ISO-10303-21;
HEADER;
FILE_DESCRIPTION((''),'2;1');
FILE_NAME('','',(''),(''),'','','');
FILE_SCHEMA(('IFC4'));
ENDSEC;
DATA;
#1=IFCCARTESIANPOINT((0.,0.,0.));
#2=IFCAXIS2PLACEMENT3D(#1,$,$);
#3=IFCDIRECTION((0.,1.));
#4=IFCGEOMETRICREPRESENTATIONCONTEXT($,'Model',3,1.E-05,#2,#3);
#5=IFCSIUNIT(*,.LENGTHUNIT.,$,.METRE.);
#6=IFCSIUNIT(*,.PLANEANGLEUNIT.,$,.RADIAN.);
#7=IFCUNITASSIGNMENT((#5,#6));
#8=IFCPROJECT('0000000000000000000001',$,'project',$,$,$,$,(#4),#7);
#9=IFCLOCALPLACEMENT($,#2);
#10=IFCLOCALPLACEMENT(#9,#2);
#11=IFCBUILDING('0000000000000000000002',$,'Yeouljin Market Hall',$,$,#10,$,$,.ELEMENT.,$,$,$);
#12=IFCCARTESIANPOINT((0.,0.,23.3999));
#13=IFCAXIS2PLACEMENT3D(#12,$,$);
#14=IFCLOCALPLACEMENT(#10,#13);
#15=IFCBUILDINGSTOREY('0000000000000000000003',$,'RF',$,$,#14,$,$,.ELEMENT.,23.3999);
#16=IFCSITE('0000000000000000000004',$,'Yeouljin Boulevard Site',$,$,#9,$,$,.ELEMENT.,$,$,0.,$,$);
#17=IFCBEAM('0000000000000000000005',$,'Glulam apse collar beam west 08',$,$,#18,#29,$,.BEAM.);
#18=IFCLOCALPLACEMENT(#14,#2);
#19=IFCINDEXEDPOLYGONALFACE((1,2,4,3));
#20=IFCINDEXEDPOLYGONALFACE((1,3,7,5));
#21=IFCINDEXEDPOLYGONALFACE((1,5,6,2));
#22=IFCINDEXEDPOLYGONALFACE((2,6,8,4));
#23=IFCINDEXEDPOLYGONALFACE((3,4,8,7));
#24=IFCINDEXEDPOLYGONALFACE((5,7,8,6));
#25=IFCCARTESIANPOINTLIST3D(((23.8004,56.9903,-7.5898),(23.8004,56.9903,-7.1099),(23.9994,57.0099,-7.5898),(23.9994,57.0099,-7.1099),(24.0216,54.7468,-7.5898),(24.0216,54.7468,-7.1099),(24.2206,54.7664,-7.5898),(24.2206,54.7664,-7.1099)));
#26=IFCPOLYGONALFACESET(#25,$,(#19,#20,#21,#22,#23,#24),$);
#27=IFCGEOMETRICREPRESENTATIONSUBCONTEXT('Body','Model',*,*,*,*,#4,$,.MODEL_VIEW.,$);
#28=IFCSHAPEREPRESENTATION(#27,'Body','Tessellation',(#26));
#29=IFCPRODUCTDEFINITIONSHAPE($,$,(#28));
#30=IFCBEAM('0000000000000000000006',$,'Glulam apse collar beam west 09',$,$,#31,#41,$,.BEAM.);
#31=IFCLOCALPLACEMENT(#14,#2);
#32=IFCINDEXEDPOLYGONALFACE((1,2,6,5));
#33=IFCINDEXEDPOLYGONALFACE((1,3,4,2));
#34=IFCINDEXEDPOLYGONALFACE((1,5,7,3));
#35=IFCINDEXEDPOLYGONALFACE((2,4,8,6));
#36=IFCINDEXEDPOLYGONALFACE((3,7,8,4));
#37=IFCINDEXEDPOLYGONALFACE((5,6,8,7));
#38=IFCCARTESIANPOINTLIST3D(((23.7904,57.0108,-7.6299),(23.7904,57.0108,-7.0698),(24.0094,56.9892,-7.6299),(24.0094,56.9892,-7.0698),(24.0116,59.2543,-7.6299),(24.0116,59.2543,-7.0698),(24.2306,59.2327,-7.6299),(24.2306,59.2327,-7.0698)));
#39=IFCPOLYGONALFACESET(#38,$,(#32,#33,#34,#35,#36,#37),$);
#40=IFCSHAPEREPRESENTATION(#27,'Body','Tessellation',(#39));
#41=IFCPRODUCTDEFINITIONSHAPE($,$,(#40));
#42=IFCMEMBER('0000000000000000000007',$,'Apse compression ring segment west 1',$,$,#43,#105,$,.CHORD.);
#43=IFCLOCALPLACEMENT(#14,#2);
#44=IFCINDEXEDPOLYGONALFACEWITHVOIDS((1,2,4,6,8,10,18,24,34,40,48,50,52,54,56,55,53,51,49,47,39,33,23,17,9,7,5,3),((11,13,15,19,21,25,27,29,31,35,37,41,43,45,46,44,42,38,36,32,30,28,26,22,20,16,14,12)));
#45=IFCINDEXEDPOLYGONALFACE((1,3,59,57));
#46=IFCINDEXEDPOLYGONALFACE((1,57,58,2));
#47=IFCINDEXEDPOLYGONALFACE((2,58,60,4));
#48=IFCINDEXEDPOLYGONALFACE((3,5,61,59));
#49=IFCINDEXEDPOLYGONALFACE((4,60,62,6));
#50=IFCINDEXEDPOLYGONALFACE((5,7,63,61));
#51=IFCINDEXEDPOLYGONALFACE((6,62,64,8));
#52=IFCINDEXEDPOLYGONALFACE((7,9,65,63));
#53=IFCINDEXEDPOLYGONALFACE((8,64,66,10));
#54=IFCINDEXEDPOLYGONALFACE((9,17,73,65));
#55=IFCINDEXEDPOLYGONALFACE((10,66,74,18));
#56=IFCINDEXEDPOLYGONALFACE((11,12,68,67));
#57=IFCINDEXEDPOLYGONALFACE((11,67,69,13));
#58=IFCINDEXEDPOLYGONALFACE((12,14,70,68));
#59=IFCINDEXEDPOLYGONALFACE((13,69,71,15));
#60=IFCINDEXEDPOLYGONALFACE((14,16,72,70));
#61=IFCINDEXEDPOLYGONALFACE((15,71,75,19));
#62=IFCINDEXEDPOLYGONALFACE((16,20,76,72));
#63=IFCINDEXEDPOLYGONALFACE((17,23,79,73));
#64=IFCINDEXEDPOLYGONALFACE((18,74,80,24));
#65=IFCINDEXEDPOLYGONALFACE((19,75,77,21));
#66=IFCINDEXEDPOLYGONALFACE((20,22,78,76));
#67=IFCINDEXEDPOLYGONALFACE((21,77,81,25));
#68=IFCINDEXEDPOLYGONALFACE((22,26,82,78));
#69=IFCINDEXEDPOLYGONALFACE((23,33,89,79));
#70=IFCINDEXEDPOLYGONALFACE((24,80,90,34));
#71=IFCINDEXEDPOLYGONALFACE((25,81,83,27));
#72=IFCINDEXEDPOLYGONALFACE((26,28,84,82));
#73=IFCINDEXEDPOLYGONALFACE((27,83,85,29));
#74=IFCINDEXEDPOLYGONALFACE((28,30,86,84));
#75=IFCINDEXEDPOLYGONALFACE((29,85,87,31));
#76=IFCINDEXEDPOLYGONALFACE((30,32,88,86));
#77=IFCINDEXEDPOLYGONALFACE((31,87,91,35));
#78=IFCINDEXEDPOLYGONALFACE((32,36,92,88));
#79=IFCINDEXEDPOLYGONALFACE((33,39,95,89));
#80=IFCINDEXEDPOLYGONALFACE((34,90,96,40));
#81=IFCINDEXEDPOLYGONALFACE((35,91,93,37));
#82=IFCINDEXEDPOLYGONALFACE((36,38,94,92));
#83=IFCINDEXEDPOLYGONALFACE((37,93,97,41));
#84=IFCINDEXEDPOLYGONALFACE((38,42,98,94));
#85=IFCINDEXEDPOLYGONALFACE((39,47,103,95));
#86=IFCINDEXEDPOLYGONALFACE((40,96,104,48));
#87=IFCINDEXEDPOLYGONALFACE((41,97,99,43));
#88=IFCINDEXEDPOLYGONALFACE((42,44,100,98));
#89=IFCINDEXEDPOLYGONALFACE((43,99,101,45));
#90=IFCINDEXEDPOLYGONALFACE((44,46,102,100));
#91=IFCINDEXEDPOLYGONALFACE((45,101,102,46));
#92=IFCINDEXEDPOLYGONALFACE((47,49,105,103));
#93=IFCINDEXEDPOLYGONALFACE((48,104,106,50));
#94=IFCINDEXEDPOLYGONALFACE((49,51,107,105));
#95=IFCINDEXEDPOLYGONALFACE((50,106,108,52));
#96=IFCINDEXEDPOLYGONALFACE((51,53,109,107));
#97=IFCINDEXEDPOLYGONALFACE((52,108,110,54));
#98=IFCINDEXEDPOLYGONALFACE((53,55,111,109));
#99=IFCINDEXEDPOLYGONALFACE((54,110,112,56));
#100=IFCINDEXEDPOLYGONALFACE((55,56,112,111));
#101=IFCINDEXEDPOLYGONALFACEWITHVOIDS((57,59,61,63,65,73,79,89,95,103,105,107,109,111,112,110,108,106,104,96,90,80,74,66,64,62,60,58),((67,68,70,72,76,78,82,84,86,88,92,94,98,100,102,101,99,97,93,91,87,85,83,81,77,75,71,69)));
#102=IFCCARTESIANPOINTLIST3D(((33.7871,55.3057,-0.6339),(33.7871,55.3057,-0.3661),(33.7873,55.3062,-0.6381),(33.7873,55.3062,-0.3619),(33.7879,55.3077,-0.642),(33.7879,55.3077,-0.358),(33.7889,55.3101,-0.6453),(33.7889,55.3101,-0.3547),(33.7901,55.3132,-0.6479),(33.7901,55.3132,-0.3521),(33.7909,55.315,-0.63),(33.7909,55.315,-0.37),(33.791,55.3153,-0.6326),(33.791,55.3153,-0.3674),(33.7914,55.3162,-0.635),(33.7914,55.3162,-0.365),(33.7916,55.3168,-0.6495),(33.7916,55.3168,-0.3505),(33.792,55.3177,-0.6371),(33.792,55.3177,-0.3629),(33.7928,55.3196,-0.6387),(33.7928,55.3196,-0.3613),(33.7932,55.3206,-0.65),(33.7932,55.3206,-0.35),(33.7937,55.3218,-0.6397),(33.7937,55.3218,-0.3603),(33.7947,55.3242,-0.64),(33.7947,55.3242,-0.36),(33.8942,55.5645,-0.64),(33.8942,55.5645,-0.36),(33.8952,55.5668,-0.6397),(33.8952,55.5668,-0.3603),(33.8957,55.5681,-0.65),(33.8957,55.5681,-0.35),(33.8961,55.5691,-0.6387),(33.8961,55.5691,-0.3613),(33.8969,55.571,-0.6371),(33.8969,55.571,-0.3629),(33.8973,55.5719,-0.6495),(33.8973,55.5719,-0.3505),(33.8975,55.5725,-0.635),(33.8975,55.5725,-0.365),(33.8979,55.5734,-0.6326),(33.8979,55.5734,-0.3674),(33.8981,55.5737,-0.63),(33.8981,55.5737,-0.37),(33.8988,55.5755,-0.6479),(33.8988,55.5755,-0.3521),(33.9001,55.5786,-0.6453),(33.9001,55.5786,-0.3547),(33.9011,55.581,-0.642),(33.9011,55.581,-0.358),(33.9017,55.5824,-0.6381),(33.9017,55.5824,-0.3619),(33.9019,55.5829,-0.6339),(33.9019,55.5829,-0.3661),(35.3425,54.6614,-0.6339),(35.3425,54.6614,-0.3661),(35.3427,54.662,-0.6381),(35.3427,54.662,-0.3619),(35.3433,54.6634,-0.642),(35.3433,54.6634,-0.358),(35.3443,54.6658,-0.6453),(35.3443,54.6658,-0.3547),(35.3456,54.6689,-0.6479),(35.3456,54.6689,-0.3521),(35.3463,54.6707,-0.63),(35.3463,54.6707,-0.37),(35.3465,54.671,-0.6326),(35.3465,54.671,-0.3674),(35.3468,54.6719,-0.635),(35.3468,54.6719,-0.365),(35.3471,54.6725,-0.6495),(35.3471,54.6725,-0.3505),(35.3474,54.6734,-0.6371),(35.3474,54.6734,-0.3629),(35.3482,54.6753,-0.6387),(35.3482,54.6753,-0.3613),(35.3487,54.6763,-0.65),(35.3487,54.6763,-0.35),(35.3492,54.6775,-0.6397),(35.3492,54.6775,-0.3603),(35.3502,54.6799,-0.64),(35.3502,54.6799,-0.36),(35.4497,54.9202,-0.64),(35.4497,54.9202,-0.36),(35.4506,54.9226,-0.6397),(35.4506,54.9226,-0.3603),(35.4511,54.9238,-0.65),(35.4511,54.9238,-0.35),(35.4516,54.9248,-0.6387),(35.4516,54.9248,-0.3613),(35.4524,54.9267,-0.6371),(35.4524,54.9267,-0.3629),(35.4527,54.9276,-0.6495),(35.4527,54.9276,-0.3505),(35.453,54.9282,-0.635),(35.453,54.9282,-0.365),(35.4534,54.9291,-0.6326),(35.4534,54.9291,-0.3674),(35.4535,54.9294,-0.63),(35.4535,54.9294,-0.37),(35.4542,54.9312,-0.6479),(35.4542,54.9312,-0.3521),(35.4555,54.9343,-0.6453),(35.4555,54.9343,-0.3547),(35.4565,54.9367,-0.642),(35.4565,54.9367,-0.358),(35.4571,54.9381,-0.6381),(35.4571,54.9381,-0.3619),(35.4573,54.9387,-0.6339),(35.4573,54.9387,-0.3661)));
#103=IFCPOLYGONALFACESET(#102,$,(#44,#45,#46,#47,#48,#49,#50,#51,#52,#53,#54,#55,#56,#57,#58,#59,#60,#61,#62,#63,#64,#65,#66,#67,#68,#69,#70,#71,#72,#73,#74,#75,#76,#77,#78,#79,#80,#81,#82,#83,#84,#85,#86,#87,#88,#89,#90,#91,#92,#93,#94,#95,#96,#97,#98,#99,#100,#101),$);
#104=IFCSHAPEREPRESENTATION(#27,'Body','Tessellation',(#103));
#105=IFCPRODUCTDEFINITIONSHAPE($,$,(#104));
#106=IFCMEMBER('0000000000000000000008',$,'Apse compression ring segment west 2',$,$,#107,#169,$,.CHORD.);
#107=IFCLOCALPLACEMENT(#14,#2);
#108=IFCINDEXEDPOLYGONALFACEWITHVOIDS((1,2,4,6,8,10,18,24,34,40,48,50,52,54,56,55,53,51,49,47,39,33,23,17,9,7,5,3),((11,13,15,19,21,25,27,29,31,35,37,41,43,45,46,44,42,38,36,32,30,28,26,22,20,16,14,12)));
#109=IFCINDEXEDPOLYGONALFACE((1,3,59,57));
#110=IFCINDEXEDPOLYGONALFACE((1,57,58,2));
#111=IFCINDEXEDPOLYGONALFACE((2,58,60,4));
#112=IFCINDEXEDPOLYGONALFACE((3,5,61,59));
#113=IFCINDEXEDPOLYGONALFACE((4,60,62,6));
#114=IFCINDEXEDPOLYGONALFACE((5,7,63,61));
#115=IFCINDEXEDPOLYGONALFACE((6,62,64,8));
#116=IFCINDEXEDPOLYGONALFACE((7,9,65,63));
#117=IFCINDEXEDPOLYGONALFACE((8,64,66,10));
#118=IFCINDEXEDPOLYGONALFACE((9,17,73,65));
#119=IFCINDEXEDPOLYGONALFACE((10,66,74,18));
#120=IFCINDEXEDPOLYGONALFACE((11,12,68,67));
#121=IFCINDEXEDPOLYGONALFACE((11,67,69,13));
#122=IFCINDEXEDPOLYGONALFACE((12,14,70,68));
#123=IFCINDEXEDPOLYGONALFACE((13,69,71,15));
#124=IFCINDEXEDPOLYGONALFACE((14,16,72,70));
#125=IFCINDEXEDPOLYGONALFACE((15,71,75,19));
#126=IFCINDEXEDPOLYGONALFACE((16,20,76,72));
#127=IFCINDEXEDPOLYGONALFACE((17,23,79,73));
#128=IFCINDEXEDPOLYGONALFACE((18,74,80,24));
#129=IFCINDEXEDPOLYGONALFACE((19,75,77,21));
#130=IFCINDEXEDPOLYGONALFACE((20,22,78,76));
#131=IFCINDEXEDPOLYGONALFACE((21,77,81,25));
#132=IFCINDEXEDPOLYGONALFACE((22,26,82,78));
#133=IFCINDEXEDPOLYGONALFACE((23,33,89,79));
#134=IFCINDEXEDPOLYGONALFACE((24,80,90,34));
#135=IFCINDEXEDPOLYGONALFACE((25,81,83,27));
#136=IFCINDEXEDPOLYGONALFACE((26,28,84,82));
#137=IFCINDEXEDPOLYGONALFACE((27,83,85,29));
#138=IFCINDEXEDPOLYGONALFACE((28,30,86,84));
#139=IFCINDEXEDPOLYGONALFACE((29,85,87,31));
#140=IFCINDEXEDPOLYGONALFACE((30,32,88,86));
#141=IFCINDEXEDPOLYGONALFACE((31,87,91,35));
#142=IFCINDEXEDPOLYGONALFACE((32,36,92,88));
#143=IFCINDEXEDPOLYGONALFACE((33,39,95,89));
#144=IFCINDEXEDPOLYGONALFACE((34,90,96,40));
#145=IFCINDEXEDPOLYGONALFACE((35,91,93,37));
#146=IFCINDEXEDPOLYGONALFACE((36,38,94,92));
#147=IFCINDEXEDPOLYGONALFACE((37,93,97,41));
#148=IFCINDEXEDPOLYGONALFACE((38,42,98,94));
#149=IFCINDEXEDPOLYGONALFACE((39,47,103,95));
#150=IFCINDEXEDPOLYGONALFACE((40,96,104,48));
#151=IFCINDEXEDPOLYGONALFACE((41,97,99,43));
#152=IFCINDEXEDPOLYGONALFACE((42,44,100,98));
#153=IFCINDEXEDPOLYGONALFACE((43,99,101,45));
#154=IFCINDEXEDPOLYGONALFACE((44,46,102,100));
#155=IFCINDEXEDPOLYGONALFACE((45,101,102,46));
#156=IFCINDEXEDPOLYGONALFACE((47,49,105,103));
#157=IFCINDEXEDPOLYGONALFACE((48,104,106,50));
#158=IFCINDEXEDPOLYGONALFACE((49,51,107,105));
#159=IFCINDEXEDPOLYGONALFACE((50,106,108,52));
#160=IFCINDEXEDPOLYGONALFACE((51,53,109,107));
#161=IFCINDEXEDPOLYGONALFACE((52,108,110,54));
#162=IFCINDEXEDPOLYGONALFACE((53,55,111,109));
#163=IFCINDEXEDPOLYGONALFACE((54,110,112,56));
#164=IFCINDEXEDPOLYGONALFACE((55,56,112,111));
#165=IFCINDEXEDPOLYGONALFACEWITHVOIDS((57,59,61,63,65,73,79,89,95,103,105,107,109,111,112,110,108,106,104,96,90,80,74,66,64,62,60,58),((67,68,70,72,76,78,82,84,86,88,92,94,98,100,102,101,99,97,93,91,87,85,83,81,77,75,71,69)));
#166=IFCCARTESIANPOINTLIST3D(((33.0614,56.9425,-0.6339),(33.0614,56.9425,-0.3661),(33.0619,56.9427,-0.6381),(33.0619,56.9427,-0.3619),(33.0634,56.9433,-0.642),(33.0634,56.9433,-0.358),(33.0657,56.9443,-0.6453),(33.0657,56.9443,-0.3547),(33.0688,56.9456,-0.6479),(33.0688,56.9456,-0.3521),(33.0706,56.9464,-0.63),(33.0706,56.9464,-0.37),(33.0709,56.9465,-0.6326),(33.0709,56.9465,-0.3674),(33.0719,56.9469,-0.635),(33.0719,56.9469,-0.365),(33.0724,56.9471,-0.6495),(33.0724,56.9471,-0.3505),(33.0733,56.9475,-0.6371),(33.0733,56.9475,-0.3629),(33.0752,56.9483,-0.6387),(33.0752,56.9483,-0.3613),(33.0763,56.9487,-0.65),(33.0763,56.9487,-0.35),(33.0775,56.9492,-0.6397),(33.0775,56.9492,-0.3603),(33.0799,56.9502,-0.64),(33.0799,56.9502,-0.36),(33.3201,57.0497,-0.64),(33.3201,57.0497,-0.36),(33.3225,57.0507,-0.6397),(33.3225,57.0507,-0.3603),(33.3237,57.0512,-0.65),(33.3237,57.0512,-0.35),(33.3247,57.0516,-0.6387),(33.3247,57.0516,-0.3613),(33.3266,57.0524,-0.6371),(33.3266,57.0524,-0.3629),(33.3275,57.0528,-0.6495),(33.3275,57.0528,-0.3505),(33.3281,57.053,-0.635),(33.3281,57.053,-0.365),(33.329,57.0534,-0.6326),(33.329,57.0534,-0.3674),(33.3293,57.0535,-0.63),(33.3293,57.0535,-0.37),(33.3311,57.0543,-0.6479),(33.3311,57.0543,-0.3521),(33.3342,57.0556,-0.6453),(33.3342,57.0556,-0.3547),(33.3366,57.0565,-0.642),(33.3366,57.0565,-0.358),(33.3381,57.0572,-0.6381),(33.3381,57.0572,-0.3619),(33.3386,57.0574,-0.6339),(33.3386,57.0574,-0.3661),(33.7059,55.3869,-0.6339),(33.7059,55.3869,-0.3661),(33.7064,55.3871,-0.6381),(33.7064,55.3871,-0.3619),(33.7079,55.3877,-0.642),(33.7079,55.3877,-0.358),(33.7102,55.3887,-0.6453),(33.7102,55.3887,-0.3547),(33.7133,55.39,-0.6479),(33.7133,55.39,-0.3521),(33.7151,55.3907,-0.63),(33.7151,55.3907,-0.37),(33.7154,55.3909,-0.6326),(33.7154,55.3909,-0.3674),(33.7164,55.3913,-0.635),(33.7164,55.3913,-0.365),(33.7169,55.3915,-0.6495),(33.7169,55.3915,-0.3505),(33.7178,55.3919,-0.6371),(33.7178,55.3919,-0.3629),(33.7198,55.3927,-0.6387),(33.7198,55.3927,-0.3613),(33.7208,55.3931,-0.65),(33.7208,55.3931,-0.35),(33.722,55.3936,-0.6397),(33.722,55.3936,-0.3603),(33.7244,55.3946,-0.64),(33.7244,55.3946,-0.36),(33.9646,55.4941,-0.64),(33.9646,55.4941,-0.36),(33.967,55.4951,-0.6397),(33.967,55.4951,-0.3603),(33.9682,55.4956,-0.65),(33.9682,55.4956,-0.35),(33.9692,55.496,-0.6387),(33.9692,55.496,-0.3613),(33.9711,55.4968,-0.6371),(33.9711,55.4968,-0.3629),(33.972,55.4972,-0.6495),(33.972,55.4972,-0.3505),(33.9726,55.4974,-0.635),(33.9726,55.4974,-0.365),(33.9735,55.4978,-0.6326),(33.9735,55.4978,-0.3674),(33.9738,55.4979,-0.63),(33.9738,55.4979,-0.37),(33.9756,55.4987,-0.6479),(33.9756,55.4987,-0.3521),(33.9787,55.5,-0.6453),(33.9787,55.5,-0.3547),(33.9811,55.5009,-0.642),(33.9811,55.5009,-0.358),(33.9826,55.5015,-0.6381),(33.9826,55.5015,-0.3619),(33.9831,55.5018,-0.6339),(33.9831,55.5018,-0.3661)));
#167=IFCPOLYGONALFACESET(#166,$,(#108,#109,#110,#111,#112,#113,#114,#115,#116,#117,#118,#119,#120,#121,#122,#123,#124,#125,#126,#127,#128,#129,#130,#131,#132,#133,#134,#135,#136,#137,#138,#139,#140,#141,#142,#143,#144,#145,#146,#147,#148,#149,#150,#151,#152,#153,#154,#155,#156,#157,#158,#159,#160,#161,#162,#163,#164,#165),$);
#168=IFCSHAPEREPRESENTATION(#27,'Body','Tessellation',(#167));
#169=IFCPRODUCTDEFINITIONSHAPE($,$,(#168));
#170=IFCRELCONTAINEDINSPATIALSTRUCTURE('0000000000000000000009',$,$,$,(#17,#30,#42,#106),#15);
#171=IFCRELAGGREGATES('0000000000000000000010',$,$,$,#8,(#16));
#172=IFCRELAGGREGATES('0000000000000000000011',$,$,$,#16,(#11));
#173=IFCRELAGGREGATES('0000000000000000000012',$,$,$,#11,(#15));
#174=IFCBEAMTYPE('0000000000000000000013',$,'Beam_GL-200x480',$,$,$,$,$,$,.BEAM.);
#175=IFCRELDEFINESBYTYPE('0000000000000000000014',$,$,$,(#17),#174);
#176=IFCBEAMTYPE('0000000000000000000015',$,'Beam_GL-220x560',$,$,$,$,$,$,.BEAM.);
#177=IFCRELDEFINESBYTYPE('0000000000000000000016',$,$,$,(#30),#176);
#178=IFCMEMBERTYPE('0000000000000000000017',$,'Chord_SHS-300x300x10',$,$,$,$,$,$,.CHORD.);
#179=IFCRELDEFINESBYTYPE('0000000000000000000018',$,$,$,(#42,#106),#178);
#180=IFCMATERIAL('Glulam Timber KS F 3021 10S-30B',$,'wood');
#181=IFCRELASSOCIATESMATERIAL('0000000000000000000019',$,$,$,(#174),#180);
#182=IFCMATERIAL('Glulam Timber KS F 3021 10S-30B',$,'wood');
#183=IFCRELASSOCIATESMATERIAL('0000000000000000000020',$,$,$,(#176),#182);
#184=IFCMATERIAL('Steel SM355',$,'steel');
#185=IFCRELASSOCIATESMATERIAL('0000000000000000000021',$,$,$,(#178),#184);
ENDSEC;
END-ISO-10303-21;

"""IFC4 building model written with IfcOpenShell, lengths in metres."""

from ifc_helpers import new_model, si_unit, direction, frame, origin, origin_2d, place, context, subcontext, project, spatial, rectangle, hollow_rectangle, extrude, material, material_profile, profile_set, type_object, element, save


model = new_model("IFC4")

# Units and contexts
model_context = context("Model", 3, precision=1e-05, world=origin(), true_north=direction((0.0, 1.0)))
body_context = subcontext(model_context, "Body", "Model", "MODEL_VIEW")
ifc_project = project(units=[si_unit("LENGTHUNIT", "METRE"), si_unit("PLANEANGLEUNIT", "RADIAN")], contexts=[model_context])

# Site, building, storey
site_placement = place(None, origin())
site = spatial("IfcSite", under=ifc_project, at=site_placement, Name="Yeouljin Boulevard Site", CompositionType="ELEMENT", RefElevation=0.0)
building_placement = place(site_placement, origin())
building = spatial("IfcBuilding", under=site, at=building_placement, Name="Yeouljin Market Hall", CompositionType="ELEMENT")
storey_placement = place(building_placement, frame((0.0, 0.0, 23.3999)))
storey = spatial("IfcBuildingStorey", under=building, at=storey_placement, Name="RF", CompositionType="ELEMENT", Elevation=23.3999)

# Beams
ifc_material_1 = material(Name="Glulam Timber KS F 3021 10S-30B", Category="wood")
ifc_material_profile_1 = material_profile(ifc_material_1, rectangle(XDim=0.2, YDim=0.48, at=origin_2d()), Name="GL-200x480")
ifc_profile_set_1 = profile_set([ifc_material_profile_1], Name="Glulam Timber KS F 3021 10S-30B")
beam_type_1 = type_object("IfcBeamType", Name="Beam_GL-200x480", PredefinedType="BEAM", material=ifc_profile_set_1)
beam_1_placement = place(storey_placement, frame((24.1211, 54.7566, -7.3499), z_axis=(-0.09812, 0.995175, 0.0), x_axis=(-0.995175, -0.09812, 0.0)))
element("IfcBeam", 1, at=beam_1_placement, inside=storey, type_object=beam_type_1, Name="Glulam apse collar beam west 08", PredefinedType="BEAM", context=body_context, shape_type="SweptSolid", body=[
    extrude(rectangle(XDim=0.2, YDim=0.48, at=origin_2d()), origin(), (0.0, 0.0, 1.0), 2.2544),
])
ifc_material_2 = material(Name="Glulam Timber KS F 3021 10S-30B", Category="wood")
ifc_material_profile_2 = material_profile(ifc_material_2, rectangle(XDim=0.22, YDim=0.5601, at=origin_2d()), Name="GL-220x560")
ifc_profile_set_2 = profile_set([ifc_material_profile_2], Name="Glulam Timber KS F 3021 10S-30B")
beam_type_2 = type_object("IfcBeamType", Name="Beam_GL-220x560", PredefinedType="BEAM", material=ifc_profile_set_2)
beam_2_placement = place(storey_placement, frame((23.8999, 57.0, -7.3499), z_axis=(0.09812, 0.995175, 0.0), x_axis=(-0.995175, 0.09812, 0.0)))
element("IfcBeam", 2, at=beam_2_placement, inside=storey, type_object=beam_type_2, Name="Glulam apse collar beam west 09", PredefinedType="BEAM", context=body_context, shape_type="SweptSolid", body=[
    extrude(rectangle(XDim=0.22, YDim=0.5601, at=origin_2d()), origin(), (0.0, 0.0, 1.0), 2.2544),
])

# Members
ifc_material_3 = material(Name="Steel SM355", Category="steel")
ifc_material_profile_3 = material_profile(ifc_material_3, hollow_rectangle(XDim=0.3, YDim=0.3, WallThickness=0.01, InnerFilletRadius=0.01, OuterFilletRadius=0.0161, at=origin_2d()), Name="SHS-300x300x10")
ifc_profile_set_3 = profile_set([ifc_material_profile_3], Name="Steel SM355")
member_type_1 = type_object("IfcMemberType", Name="Chord_SHS-300x300x10", PredefinedType="CHORD", material=ifc_profile_set_3)
member_1_placement = place(storey_placement, frame((35.3999, 54.8, -0.5), z_axis=(-0.923877, 0.382689, 0.0), x_axis=(-0.382689, -0.923877, 0.0)))
element("IfcMember", 3, at=member_1_placement, inside=storey, type_object=member_type_1, Name="Apse compression ring segment west 1", PredefinedType="CHORD", context=body_context, shape_type="SweptSolid", body=[
    extrude(hollow_rectangle(XDim=0.3, YDim=0.3, WallThickness=0.01, InnerFilletRadius=0.01, OuterFilletRadius=0.0161, at=origin_2d()), origin(), (0.0, 0.0, 1.0), 1.6836),
])
for number, where, z_axis, x_axis, name in (
    (4, (33.8445, 55.4443, -0.5), (-0.382762, 0.923847, 0.0), (-0.923847, -0.382762, 0.0), "Apse compression ring segment west 2"),
):
    element("IfcMember", number, at=place(storey_placement, frame(where, z_axis=z_axis, x_axis=x_axis)), inside=storey, type_object=member_type_1, Name=name, PredefinedType="CHORD", context=body_context, shape_type="SweptSolid", body=[
        extrude(hollow_rectangle(XDim=0.3, YDim=0.3, WallThickness=0.01, InnerFilletRadius=0.01, OuterFilletRadius=0.0161, at=origin_2d()), origin(), (0.0, 0.0, 1.0), 1.6838),
    ])

save(model, "model.ifc")
